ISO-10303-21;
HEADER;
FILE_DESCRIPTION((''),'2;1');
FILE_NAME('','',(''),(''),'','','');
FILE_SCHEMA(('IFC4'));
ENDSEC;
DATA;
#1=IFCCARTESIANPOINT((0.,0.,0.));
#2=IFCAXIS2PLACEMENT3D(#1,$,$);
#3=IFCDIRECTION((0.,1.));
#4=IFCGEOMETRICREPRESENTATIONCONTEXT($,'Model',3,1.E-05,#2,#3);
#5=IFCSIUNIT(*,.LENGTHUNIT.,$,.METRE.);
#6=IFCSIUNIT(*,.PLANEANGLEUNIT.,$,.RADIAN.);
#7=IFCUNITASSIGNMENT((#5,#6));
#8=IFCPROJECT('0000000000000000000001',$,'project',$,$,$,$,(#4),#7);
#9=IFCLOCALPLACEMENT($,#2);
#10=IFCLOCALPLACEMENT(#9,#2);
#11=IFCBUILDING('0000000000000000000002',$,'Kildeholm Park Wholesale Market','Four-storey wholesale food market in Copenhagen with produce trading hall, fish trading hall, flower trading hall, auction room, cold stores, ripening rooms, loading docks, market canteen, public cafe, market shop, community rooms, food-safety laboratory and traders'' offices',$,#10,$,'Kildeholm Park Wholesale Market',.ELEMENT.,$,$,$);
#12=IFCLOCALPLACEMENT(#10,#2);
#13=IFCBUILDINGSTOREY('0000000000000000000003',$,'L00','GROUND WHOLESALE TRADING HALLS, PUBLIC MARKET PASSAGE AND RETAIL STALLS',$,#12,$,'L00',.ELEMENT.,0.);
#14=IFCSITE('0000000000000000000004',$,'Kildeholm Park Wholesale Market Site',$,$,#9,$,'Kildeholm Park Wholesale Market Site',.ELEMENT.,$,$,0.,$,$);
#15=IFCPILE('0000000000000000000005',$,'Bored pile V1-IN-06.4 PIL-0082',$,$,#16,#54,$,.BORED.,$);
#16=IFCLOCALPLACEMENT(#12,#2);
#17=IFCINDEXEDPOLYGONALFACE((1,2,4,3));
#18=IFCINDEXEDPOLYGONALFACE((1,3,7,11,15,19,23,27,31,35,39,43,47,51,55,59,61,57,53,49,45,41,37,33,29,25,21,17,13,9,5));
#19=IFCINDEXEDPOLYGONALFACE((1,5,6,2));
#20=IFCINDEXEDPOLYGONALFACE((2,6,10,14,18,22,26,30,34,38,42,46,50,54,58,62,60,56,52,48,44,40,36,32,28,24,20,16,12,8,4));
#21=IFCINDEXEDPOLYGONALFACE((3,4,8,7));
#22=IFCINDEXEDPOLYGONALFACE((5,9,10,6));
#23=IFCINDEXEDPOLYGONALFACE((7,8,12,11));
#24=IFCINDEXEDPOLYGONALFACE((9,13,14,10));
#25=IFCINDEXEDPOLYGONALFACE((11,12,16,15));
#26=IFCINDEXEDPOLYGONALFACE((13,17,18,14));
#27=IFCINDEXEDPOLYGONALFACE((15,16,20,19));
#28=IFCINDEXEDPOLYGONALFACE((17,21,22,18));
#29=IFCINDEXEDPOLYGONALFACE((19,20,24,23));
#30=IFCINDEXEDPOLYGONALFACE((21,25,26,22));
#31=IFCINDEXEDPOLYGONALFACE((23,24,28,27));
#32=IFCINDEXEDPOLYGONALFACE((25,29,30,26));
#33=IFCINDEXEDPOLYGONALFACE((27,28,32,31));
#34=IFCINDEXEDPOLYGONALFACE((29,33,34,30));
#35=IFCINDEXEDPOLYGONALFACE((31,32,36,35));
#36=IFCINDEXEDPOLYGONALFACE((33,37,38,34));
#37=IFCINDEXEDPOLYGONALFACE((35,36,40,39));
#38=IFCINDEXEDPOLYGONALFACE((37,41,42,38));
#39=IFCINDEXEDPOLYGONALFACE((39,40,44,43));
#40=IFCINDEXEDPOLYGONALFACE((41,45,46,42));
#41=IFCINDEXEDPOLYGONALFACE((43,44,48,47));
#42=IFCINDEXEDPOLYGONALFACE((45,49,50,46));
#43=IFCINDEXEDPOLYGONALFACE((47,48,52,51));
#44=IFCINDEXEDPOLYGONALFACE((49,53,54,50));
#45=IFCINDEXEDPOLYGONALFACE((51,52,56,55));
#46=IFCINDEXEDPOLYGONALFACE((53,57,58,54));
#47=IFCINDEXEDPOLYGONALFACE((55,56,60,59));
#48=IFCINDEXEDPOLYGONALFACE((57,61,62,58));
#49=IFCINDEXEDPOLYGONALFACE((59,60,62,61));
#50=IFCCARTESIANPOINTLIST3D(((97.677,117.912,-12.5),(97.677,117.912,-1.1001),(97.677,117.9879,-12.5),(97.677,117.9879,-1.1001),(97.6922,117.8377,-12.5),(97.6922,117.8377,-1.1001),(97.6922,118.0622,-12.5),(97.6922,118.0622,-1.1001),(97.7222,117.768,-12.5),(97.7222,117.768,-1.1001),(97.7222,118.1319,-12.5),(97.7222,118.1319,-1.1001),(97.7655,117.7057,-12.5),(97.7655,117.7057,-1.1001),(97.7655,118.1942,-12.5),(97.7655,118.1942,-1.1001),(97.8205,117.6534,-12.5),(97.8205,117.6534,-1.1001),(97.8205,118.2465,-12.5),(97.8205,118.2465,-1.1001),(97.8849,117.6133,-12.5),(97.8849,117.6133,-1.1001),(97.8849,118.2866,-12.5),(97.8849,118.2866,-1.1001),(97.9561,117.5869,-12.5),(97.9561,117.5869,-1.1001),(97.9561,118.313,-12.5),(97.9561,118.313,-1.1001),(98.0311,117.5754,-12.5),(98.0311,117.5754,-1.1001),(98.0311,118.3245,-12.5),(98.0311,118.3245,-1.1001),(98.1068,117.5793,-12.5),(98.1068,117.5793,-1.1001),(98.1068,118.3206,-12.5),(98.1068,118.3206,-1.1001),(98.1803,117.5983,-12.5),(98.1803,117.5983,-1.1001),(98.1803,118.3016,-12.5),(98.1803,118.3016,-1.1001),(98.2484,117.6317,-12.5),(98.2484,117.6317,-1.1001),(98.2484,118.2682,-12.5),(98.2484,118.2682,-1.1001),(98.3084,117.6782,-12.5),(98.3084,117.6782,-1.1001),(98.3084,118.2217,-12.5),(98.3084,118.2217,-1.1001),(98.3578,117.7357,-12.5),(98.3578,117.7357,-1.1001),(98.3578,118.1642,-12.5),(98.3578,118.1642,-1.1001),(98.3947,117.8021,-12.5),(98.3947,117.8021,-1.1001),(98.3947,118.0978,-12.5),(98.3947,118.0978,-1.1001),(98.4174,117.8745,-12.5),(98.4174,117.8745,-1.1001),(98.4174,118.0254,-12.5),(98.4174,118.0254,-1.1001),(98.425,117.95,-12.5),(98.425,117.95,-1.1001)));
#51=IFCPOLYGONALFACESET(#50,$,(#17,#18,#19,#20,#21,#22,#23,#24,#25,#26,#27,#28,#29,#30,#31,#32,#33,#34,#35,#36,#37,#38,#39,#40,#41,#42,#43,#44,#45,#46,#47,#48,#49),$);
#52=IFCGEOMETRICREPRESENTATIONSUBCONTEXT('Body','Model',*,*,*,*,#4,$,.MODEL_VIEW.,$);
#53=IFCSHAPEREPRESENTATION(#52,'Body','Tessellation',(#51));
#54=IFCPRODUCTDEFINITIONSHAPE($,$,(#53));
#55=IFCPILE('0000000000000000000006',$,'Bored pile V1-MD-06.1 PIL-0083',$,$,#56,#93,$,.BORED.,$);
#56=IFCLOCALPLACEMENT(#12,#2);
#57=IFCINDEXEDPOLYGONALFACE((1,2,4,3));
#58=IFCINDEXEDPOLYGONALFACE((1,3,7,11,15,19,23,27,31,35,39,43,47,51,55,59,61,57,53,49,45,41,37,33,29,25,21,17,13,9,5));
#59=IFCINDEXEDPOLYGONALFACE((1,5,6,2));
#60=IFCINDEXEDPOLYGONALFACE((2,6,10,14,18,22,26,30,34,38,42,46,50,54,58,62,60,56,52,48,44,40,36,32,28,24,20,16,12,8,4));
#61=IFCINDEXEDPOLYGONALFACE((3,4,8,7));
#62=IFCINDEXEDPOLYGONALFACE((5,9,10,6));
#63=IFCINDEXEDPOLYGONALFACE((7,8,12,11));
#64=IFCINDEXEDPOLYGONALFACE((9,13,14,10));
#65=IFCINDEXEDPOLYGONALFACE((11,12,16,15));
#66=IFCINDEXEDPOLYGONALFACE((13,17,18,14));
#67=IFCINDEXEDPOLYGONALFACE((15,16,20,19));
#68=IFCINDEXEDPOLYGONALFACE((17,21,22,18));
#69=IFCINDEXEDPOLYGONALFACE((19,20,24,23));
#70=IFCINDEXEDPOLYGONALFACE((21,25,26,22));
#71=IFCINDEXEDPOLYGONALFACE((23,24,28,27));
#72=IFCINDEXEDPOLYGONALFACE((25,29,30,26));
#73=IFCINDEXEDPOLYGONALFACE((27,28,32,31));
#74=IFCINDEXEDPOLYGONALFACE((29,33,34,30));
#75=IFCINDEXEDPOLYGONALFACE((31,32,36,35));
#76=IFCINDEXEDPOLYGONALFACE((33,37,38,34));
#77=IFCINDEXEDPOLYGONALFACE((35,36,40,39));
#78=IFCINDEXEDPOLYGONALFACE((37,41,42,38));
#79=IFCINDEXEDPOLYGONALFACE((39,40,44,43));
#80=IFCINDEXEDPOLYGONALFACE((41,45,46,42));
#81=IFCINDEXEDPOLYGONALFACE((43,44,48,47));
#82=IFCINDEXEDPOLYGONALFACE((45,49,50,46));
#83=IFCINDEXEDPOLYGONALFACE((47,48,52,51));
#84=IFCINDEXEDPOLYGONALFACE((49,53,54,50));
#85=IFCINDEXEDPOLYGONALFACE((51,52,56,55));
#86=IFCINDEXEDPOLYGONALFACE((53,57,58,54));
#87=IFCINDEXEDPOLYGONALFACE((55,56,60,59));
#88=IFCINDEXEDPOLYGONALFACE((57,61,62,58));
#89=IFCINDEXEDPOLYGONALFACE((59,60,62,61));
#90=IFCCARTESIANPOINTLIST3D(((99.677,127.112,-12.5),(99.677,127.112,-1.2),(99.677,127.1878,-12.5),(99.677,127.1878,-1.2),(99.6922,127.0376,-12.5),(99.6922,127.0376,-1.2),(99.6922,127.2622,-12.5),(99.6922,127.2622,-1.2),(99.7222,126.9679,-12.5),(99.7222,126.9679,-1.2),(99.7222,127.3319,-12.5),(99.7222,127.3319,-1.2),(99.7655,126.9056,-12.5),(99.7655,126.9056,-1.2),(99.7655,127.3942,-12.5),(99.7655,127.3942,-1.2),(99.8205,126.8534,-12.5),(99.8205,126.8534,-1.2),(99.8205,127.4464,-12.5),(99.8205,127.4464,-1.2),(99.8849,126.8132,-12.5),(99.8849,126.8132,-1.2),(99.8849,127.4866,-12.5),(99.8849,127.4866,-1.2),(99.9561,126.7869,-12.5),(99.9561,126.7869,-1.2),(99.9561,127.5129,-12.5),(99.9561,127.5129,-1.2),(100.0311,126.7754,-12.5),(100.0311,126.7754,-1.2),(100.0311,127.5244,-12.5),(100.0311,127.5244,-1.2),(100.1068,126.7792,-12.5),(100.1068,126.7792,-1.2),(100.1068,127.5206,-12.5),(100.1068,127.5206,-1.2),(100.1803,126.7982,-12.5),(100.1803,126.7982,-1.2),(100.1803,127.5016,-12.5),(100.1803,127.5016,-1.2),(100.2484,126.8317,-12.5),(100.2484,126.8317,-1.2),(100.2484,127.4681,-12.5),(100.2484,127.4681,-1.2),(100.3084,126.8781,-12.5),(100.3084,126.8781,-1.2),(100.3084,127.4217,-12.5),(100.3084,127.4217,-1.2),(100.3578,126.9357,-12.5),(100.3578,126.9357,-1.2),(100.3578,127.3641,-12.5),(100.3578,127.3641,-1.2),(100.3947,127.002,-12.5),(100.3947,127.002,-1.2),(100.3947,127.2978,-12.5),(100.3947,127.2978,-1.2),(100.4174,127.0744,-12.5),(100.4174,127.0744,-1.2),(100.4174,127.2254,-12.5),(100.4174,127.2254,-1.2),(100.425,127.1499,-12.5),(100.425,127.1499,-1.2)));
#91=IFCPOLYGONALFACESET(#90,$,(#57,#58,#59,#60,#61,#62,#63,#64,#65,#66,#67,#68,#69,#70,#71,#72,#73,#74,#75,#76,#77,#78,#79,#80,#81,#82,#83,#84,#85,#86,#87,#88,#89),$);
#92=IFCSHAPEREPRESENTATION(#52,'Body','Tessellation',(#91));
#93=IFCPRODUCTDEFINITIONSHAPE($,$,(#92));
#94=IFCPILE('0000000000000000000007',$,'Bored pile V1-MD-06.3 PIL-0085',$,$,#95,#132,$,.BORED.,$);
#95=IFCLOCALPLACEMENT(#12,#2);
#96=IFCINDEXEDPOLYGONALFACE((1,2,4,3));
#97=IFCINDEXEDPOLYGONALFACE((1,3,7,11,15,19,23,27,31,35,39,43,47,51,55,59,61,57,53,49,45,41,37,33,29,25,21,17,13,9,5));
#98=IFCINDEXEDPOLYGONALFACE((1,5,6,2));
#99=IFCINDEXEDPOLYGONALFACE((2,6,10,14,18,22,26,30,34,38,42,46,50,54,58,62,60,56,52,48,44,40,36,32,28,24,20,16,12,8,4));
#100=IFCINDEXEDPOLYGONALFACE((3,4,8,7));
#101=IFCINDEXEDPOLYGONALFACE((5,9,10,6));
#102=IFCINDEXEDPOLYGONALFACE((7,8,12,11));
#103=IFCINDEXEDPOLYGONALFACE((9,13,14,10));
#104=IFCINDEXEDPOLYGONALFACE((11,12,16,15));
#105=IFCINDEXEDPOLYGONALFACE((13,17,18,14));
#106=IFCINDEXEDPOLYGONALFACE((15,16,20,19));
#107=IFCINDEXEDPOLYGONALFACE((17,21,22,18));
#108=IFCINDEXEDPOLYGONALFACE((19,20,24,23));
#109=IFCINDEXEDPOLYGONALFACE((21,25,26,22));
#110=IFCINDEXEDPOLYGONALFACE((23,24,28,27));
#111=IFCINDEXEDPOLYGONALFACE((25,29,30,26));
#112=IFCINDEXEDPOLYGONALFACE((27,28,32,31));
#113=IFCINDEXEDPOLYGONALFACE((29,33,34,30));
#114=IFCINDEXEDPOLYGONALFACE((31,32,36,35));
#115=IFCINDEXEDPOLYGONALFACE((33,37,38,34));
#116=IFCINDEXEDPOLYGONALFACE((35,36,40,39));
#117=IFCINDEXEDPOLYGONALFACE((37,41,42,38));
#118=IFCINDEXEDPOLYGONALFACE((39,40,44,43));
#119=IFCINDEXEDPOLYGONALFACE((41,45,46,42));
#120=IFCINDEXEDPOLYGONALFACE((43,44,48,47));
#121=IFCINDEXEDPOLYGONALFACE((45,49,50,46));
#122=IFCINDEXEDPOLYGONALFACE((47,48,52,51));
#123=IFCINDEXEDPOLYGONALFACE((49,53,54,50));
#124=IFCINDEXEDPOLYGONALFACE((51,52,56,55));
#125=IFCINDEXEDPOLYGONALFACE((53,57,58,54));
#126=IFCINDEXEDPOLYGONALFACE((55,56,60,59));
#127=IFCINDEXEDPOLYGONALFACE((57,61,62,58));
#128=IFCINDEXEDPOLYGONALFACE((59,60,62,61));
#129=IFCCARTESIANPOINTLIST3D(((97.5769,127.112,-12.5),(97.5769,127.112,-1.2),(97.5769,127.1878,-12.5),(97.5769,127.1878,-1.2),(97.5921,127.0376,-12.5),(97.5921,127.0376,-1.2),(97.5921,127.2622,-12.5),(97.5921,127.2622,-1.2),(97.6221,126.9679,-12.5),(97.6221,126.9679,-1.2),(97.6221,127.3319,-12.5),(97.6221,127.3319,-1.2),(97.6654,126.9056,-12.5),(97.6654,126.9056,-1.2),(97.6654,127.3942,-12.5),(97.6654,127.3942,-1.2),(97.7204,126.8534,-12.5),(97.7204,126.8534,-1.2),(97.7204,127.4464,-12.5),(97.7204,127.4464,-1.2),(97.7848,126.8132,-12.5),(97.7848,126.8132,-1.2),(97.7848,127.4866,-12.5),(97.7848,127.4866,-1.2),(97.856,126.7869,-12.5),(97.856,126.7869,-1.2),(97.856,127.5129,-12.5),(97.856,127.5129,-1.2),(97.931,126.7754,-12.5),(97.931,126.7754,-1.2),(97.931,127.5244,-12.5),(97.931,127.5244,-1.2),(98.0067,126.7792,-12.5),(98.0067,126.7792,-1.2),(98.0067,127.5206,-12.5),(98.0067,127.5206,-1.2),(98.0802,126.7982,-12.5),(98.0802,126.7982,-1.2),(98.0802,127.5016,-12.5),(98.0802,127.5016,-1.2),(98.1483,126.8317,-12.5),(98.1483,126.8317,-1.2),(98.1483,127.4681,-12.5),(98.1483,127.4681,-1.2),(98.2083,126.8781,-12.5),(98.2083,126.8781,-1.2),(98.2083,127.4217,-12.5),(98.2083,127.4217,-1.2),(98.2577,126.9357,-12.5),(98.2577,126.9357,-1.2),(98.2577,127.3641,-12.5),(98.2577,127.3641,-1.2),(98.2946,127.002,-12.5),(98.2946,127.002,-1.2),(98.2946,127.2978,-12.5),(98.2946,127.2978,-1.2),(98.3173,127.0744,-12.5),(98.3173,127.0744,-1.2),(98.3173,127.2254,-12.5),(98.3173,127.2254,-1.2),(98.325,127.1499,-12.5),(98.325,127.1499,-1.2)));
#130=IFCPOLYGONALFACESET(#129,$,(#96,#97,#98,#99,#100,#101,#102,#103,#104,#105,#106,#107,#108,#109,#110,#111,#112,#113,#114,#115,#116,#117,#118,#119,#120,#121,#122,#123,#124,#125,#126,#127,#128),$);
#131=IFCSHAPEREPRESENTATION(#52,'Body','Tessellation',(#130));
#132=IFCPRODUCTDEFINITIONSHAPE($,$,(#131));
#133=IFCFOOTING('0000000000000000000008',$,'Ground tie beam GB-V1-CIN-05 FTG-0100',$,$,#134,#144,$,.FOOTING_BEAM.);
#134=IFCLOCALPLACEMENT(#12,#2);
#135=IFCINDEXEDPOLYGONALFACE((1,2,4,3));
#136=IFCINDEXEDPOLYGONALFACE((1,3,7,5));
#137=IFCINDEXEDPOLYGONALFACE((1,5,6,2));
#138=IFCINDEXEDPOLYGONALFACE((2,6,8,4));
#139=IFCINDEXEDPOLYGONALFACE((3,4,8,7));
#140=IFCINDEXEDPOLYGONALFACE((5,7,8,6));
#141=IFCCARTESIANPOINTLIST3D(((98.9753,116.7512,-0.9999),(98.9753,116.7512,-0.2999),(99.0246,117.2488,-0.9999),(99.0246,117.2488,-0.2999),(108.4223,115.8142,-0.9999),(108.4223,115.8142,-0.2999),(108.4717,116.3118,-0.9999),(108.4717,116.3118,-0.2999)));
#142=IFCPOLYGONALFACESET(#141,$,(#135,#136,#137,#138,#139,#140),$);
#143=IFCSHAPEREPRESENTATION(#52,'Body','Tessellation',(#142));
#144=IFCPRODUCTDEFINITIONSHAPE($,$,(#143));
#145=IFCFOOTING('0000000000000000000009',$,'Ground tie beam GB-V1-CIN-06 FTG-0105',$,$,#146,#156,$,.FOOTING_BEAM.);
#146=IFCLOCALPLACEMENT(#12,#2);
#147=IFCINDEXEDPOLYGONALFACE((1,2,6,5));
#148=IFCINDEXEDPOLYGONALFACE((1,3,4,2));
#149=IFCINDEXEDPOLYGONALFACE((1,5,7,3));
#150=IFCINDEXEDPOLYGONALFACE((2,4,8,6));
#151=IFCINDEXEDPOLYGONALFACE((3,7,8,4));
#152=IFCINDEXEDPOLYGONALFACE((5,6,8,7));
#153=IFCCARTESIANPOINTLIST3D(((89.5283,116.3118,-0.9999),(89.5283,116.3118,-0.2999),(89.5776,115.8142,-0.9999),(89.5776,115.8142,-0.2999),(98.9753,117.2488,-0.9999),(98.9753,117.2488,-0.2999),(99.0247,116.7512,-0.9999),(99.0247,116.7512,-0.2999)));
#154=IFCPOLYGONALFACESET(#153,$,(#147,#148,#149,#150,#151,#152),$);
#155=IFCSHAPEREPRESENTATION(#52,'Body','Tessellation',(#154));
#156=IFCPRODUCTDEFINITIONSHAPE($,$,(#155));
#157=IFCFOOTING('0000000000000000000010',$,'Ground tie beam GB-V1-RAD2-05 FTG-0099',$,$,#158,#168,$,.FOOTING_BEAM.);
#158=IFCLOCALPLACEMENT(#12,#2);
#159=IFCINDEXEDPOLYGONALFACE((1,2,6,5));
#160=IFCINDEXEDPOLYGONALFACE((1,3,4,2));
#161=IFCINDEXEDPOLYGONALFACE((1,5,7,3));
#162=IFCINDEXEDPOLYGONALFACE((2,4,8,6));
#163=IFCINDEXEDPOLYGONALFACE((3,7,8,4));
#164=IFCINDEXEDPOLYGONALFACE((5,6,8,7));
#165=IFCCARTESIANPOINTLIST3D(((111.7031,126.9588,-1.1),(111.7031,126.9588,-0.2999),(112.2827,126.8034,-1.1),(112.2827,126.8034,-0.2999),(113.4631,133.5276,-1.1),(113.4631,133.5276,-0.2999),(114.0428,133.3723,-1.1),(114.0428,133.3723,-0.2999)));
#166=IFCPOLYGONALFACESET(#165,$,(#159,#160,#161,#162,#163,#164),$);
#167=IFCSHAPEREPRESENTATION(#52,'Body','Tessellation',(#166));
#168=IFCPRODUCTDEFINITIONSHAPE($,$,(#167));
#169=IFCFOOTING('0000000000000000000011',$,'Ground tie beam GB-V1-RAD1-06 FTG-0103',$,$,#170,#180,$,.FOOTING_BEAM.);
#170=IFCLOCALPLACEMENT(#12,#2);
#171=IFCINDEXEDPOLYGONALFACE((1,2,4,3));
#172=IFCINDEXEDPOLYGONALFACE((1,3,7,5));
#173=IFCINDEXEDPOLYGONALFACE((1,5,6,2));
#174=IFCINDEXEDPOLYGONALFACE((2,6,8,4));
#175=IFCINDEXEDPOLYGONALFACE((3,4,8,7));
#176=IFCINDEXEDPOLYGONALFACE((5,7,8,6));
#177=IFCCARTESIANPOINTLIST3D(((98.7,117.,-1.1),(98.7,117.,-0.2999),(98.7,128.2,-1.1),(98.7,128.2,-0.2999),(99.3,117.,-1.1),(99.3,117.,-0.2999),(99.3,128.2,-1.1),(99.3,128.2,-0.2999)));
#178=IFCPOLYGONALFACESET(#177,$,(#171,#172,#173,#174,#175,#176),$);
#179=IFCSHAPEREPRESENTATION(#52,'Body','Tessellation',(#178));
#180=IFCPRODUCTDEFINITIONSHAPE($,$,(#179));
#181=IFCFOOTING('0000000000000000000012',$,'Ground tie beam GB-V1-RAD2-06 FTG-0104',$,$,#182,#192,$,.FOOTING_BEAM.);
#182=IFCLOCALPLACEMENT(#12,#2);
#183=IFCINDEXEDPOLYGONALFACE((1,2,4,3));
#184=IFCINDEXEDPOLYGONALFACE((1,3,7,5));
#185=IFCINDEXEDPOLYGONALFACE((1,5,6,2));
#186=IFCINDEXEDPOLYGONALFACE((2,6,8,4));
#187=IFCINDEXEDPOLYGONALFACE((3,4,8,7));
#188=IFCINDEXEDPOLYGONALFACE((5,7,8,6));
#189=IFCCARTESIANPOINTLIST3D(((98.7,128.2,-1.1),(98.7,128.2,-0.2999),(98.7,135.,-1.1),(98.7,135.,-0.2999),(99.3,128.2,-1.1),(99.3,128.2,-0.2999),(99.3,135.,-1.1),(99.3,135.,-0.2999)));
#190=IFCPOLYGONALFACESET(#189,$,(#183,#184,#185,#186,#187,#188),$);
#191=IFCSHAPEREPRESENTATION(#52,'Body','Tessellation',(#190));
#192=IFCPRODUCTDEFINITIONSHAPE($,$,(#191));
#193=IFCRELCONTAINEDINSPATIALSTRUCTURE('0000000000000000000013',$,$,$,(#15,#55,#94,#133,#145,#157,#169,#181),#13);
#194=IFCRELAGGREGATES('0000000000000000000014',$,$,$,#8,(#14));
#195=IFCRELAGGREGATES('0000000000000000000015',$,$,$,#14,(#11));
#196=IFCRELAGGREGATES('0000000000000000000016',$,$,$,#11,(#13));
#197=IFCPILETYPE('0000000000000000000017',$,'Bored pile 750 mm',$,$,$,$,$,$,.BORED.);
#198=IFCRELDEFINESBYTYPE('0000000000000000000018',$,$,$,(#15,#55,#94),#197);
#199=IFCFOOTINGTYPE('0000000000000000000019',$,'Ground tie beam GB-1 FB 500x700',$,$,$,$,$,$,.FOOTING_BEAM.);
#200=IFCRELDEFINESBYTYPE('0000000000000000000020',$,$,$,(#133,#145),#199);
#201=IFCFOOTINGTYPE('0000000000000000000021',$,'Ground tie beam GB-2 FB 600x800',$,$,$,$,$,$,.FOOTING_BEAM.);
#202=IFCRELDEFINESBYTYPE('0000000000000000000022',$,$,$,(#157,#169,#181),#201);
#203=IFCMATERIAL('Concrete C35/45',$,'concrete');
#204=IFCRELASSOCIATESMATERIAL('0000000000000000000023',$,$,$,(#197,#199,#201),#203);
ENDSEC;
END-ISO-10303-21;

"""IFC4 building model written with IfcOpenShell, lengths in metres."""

from ifc_helpers import new_model, si_unit, direction, frame, origin, origin_2d, place, context, subcontext, project, spatial, rectangle, circle, extrude, material, material_profile, profile_set, type_object, element, save


model = new_model("IFC4")

# Units and contexts
model_context = context("Model", 3, precision=1e-05, world=origin(), true_north=direction((0.0, 1.0)))
body_context = subcontext(model_context, "Body", "Model", "MODEL_VIEW")
ifc_project = project(units=[si_unit("LENGTHUNIT", "METRE"), si_unit("PLANEANGLEUNIT", "RADIAN")], contexts=[model_context])

# Site, building, storey
site_placement = place(None, origin())
site = spatial("IfcSite", under=ifc_project, at=site_placement, Name="Kildeholm Park Wholesale Market Site", LongName="Kildeholm Park Wholesale Market Site", CompositionType="ELEMENT", RefElevation=0.0)
building_placement = place(site_placement, origin())
building = spatial("IfcBuilding", under=site, at=building_placement, Name="Kildeholm Park Wholesale Market", Description="Four-storey wholesale food market in Copenhagen with produce trading hall, fish trading hall, flower trading hall, auction room, cold stores, ripening rooms, loading docks, market canteen, public cafe, market shop, community rooms, food-safety laboratory and traders' offices", LongName="Kildeholm Park Wholesale Market", CompositionType="ELEMENT")
storey_placement = place(building_placement, origin())
storey = spatial("IfcBuildingStorey", under=building, at=storey_placement, Name="L00", Description="GROUND WHOLESALE TRADING HALLS, PUBLIC MARKET PASSAGE AND RETAIL STALLS", LongName="L00", CompositionType="ELEMENT", Elevation=0.0)

# Piles
ifc_material_1 = material(Name="Concrete C35/45", Category="concrete")
ifc_material_profile_1 = material_profile(ifc_material_1, circle(Radius=0.375, at=origin_2d()), Name="PILE D750")
ifc_profile_set_1 = profile_set([ifc_material_profile_1], Name="Concrete C35/45")
pile_type = type_object("IfcPileType", Name="Bored pile 750 mm", PredefinedType="BORED", material=ifc_profile_set_1)
for number, where, z_axis, x_axis, name in (
    (1, (98.05, 117.95, -1.1001), (0.0, 0.0, -1.0), (1.0, 0.0, 0.0), "Bored pile V1-IN-06.4 PIL-0082"),
):
    element("IfcPile", number, at=place(storey_placement, frame(where, z_axis=z_axis, x_axis=x_axis)), inside=storey, type_object=pile_type, Name=name, PredefinedType="BORED", context=body_context, shape_type="SweptSolid", body=[
        extrude(circle(Radius=0.375, at=origin_2d()), origin(), (0.0, 0.0, 1.0), 11.3999),
    ])
for number, where, z_axis, x_axis, name in (
    (2, (100.05, 127.1499, -1.2), (0.0, 0.0, -1.0), (1.0, 0.0, 0.0), "Bored pile V1-MD-06.1 PIL-0083"),
    (3, (97.95, 127.1499, -1.2), (0.0, 0.0, -1.0), (1.0, 0.0, 0.0), "Bored pile V1-MD-06.3 PIL-0085"),
):
    element("IfcPile", number, at=place(storey_placement, frame(where, z_axis=z_axis, x_axis=x_axis)), inside=storey, type_object=pile_type, Name=name, PredefinedType="BORED", context=body_context, shape_type="SweptSolid", body=[
        extrude(circle(Radius=0.375, at=origin_2d()), origin(), (0.0, 0.0, 1.0), 11.3),
    ])

# Footings
ifc_material_profile_2 = material_profile(ifc_material_1, rectangle(XDim=0.5, YDim=0.7, at=origin_2d()), Name="FB 500x700")
ifc_profile_set_2 = profile_set([ifc_material_profile_2], Name="Concrete C35/45")
footing_type_1 = type_object("IfcFootingType", Name="Ground tie beam GB-1 FB 500x700", PredefinedType="FOOTING_BEAM", material=ifc_profile_set_2)
for number, where, z_axis, x_axis, name in (
    (4, (108.447, 116.063, -0.6499), (-0.995117, 0.098702, 0.0), (-0.098702, -0.995117, 0.0), "Ground tie beam GB-V1-CIN-05 FTG-0100"),
    (5, (99.0, 117.0, -0.6499), (-0.995117, -0.098702, 0.0), (0.098702, -0.995117, 0.0), "Ground tie beam GB-V1-CIN-06 FTG-0105"),
):
    element("IfcFooting", number, at=place(storey_placement, frame(where, z_axis=z_axis, x_axis=x_axis)), inside=storey, type_object=footing_type_1, Name=name, PredefinedType="FOOTING_BEAM", context=body_context, shape_type="SweptSolid", body=[
        extrude(rectangle(XDim=0.5, YDim=0.7, at=origin_2d()), origin(), (0.0, 0.0, 1.0), 9.4934),
    ])
ifc_material_profile_3 = material_profile(ifc_material_1, rectangle(XDim=0.6001, YDim=0.8, at=origin_2d()), Name="FB 600x800")
ifc_profile_set_3 = profile_set([ifc_material_profile_3], Name="Concrete C35/45")
footing_type_2 = type_object("IfcFootingType", Name="Ground tie beam GB-2 FB 600x800", PredefinedType="FOOTING_BEAM", material=ifc_profile_set_3)
footing_1_placement = place(storey_placement, frame((111.9929, 126.8811, -0.7), z_axis=(0.258804, 0.96593, 0.0), x_axis=(-0.96593, 0.258804, 0.0)))
element("IfcFooting", 6, at=footing_1_placement, inside=storey, type_object=footing_type_2, Name="Ground tie beam GB-V1-RAD2-05 FTG-0099", PredefinedType="FOOTING_BEAM", context=body_context, shape_type="SweptSolid", body=[
    extrude(rectangle(XDim=0.6001, YDim=0.8, at=origin_2d()), origin(), (0.0, 0.0, 1.0), 6.8005),
])
footing_2_placement = place(storey_placement, frame((99.0, 117.0, -0.7), z_axis=(0.0, 1.0, 0.0), x_axis=(-1.0, 0.0, 0.0)))
element("IfcFooting", 7, at=footing_2_placement, inside=storey, type_object=footing_type_2, Name="Ground tie beam GB-V1-RAD1-06 FTG-0103", PredefinedType="FOOTING_BEAM", context=body_context, shape_type="SweptSolid", body=[
    extrude(rectangle(XDim=0.6001, YDim=0.8, at=origin_2d()), origin(), (0.0, 0.0, 1.0), 11.2),
])
footing_3_placement = place(storey_placement, frame((99.0, 128.2, -0.7), z_axis=(0.0, 1.0, 0.0), x_axis=(-1.0, 0.0, 0.0)))
element("IfcFooting", 8, at=footing_3_placement, inside=storey, type_object=footing_type_2, Name="Ground tie beam GB-V1-RAD2-06 FTG-0104", PredefinedType="FOOTING_BEAM", context=body_context, shape_type="SweptSolid", body=[
    extrude(rectangle(XDim=0.6001, YDim=0.8, at=origin_2d()), origin(), (0.0, 0.0, 1.0), 6.8),
])

save(model, "model.ifc")
